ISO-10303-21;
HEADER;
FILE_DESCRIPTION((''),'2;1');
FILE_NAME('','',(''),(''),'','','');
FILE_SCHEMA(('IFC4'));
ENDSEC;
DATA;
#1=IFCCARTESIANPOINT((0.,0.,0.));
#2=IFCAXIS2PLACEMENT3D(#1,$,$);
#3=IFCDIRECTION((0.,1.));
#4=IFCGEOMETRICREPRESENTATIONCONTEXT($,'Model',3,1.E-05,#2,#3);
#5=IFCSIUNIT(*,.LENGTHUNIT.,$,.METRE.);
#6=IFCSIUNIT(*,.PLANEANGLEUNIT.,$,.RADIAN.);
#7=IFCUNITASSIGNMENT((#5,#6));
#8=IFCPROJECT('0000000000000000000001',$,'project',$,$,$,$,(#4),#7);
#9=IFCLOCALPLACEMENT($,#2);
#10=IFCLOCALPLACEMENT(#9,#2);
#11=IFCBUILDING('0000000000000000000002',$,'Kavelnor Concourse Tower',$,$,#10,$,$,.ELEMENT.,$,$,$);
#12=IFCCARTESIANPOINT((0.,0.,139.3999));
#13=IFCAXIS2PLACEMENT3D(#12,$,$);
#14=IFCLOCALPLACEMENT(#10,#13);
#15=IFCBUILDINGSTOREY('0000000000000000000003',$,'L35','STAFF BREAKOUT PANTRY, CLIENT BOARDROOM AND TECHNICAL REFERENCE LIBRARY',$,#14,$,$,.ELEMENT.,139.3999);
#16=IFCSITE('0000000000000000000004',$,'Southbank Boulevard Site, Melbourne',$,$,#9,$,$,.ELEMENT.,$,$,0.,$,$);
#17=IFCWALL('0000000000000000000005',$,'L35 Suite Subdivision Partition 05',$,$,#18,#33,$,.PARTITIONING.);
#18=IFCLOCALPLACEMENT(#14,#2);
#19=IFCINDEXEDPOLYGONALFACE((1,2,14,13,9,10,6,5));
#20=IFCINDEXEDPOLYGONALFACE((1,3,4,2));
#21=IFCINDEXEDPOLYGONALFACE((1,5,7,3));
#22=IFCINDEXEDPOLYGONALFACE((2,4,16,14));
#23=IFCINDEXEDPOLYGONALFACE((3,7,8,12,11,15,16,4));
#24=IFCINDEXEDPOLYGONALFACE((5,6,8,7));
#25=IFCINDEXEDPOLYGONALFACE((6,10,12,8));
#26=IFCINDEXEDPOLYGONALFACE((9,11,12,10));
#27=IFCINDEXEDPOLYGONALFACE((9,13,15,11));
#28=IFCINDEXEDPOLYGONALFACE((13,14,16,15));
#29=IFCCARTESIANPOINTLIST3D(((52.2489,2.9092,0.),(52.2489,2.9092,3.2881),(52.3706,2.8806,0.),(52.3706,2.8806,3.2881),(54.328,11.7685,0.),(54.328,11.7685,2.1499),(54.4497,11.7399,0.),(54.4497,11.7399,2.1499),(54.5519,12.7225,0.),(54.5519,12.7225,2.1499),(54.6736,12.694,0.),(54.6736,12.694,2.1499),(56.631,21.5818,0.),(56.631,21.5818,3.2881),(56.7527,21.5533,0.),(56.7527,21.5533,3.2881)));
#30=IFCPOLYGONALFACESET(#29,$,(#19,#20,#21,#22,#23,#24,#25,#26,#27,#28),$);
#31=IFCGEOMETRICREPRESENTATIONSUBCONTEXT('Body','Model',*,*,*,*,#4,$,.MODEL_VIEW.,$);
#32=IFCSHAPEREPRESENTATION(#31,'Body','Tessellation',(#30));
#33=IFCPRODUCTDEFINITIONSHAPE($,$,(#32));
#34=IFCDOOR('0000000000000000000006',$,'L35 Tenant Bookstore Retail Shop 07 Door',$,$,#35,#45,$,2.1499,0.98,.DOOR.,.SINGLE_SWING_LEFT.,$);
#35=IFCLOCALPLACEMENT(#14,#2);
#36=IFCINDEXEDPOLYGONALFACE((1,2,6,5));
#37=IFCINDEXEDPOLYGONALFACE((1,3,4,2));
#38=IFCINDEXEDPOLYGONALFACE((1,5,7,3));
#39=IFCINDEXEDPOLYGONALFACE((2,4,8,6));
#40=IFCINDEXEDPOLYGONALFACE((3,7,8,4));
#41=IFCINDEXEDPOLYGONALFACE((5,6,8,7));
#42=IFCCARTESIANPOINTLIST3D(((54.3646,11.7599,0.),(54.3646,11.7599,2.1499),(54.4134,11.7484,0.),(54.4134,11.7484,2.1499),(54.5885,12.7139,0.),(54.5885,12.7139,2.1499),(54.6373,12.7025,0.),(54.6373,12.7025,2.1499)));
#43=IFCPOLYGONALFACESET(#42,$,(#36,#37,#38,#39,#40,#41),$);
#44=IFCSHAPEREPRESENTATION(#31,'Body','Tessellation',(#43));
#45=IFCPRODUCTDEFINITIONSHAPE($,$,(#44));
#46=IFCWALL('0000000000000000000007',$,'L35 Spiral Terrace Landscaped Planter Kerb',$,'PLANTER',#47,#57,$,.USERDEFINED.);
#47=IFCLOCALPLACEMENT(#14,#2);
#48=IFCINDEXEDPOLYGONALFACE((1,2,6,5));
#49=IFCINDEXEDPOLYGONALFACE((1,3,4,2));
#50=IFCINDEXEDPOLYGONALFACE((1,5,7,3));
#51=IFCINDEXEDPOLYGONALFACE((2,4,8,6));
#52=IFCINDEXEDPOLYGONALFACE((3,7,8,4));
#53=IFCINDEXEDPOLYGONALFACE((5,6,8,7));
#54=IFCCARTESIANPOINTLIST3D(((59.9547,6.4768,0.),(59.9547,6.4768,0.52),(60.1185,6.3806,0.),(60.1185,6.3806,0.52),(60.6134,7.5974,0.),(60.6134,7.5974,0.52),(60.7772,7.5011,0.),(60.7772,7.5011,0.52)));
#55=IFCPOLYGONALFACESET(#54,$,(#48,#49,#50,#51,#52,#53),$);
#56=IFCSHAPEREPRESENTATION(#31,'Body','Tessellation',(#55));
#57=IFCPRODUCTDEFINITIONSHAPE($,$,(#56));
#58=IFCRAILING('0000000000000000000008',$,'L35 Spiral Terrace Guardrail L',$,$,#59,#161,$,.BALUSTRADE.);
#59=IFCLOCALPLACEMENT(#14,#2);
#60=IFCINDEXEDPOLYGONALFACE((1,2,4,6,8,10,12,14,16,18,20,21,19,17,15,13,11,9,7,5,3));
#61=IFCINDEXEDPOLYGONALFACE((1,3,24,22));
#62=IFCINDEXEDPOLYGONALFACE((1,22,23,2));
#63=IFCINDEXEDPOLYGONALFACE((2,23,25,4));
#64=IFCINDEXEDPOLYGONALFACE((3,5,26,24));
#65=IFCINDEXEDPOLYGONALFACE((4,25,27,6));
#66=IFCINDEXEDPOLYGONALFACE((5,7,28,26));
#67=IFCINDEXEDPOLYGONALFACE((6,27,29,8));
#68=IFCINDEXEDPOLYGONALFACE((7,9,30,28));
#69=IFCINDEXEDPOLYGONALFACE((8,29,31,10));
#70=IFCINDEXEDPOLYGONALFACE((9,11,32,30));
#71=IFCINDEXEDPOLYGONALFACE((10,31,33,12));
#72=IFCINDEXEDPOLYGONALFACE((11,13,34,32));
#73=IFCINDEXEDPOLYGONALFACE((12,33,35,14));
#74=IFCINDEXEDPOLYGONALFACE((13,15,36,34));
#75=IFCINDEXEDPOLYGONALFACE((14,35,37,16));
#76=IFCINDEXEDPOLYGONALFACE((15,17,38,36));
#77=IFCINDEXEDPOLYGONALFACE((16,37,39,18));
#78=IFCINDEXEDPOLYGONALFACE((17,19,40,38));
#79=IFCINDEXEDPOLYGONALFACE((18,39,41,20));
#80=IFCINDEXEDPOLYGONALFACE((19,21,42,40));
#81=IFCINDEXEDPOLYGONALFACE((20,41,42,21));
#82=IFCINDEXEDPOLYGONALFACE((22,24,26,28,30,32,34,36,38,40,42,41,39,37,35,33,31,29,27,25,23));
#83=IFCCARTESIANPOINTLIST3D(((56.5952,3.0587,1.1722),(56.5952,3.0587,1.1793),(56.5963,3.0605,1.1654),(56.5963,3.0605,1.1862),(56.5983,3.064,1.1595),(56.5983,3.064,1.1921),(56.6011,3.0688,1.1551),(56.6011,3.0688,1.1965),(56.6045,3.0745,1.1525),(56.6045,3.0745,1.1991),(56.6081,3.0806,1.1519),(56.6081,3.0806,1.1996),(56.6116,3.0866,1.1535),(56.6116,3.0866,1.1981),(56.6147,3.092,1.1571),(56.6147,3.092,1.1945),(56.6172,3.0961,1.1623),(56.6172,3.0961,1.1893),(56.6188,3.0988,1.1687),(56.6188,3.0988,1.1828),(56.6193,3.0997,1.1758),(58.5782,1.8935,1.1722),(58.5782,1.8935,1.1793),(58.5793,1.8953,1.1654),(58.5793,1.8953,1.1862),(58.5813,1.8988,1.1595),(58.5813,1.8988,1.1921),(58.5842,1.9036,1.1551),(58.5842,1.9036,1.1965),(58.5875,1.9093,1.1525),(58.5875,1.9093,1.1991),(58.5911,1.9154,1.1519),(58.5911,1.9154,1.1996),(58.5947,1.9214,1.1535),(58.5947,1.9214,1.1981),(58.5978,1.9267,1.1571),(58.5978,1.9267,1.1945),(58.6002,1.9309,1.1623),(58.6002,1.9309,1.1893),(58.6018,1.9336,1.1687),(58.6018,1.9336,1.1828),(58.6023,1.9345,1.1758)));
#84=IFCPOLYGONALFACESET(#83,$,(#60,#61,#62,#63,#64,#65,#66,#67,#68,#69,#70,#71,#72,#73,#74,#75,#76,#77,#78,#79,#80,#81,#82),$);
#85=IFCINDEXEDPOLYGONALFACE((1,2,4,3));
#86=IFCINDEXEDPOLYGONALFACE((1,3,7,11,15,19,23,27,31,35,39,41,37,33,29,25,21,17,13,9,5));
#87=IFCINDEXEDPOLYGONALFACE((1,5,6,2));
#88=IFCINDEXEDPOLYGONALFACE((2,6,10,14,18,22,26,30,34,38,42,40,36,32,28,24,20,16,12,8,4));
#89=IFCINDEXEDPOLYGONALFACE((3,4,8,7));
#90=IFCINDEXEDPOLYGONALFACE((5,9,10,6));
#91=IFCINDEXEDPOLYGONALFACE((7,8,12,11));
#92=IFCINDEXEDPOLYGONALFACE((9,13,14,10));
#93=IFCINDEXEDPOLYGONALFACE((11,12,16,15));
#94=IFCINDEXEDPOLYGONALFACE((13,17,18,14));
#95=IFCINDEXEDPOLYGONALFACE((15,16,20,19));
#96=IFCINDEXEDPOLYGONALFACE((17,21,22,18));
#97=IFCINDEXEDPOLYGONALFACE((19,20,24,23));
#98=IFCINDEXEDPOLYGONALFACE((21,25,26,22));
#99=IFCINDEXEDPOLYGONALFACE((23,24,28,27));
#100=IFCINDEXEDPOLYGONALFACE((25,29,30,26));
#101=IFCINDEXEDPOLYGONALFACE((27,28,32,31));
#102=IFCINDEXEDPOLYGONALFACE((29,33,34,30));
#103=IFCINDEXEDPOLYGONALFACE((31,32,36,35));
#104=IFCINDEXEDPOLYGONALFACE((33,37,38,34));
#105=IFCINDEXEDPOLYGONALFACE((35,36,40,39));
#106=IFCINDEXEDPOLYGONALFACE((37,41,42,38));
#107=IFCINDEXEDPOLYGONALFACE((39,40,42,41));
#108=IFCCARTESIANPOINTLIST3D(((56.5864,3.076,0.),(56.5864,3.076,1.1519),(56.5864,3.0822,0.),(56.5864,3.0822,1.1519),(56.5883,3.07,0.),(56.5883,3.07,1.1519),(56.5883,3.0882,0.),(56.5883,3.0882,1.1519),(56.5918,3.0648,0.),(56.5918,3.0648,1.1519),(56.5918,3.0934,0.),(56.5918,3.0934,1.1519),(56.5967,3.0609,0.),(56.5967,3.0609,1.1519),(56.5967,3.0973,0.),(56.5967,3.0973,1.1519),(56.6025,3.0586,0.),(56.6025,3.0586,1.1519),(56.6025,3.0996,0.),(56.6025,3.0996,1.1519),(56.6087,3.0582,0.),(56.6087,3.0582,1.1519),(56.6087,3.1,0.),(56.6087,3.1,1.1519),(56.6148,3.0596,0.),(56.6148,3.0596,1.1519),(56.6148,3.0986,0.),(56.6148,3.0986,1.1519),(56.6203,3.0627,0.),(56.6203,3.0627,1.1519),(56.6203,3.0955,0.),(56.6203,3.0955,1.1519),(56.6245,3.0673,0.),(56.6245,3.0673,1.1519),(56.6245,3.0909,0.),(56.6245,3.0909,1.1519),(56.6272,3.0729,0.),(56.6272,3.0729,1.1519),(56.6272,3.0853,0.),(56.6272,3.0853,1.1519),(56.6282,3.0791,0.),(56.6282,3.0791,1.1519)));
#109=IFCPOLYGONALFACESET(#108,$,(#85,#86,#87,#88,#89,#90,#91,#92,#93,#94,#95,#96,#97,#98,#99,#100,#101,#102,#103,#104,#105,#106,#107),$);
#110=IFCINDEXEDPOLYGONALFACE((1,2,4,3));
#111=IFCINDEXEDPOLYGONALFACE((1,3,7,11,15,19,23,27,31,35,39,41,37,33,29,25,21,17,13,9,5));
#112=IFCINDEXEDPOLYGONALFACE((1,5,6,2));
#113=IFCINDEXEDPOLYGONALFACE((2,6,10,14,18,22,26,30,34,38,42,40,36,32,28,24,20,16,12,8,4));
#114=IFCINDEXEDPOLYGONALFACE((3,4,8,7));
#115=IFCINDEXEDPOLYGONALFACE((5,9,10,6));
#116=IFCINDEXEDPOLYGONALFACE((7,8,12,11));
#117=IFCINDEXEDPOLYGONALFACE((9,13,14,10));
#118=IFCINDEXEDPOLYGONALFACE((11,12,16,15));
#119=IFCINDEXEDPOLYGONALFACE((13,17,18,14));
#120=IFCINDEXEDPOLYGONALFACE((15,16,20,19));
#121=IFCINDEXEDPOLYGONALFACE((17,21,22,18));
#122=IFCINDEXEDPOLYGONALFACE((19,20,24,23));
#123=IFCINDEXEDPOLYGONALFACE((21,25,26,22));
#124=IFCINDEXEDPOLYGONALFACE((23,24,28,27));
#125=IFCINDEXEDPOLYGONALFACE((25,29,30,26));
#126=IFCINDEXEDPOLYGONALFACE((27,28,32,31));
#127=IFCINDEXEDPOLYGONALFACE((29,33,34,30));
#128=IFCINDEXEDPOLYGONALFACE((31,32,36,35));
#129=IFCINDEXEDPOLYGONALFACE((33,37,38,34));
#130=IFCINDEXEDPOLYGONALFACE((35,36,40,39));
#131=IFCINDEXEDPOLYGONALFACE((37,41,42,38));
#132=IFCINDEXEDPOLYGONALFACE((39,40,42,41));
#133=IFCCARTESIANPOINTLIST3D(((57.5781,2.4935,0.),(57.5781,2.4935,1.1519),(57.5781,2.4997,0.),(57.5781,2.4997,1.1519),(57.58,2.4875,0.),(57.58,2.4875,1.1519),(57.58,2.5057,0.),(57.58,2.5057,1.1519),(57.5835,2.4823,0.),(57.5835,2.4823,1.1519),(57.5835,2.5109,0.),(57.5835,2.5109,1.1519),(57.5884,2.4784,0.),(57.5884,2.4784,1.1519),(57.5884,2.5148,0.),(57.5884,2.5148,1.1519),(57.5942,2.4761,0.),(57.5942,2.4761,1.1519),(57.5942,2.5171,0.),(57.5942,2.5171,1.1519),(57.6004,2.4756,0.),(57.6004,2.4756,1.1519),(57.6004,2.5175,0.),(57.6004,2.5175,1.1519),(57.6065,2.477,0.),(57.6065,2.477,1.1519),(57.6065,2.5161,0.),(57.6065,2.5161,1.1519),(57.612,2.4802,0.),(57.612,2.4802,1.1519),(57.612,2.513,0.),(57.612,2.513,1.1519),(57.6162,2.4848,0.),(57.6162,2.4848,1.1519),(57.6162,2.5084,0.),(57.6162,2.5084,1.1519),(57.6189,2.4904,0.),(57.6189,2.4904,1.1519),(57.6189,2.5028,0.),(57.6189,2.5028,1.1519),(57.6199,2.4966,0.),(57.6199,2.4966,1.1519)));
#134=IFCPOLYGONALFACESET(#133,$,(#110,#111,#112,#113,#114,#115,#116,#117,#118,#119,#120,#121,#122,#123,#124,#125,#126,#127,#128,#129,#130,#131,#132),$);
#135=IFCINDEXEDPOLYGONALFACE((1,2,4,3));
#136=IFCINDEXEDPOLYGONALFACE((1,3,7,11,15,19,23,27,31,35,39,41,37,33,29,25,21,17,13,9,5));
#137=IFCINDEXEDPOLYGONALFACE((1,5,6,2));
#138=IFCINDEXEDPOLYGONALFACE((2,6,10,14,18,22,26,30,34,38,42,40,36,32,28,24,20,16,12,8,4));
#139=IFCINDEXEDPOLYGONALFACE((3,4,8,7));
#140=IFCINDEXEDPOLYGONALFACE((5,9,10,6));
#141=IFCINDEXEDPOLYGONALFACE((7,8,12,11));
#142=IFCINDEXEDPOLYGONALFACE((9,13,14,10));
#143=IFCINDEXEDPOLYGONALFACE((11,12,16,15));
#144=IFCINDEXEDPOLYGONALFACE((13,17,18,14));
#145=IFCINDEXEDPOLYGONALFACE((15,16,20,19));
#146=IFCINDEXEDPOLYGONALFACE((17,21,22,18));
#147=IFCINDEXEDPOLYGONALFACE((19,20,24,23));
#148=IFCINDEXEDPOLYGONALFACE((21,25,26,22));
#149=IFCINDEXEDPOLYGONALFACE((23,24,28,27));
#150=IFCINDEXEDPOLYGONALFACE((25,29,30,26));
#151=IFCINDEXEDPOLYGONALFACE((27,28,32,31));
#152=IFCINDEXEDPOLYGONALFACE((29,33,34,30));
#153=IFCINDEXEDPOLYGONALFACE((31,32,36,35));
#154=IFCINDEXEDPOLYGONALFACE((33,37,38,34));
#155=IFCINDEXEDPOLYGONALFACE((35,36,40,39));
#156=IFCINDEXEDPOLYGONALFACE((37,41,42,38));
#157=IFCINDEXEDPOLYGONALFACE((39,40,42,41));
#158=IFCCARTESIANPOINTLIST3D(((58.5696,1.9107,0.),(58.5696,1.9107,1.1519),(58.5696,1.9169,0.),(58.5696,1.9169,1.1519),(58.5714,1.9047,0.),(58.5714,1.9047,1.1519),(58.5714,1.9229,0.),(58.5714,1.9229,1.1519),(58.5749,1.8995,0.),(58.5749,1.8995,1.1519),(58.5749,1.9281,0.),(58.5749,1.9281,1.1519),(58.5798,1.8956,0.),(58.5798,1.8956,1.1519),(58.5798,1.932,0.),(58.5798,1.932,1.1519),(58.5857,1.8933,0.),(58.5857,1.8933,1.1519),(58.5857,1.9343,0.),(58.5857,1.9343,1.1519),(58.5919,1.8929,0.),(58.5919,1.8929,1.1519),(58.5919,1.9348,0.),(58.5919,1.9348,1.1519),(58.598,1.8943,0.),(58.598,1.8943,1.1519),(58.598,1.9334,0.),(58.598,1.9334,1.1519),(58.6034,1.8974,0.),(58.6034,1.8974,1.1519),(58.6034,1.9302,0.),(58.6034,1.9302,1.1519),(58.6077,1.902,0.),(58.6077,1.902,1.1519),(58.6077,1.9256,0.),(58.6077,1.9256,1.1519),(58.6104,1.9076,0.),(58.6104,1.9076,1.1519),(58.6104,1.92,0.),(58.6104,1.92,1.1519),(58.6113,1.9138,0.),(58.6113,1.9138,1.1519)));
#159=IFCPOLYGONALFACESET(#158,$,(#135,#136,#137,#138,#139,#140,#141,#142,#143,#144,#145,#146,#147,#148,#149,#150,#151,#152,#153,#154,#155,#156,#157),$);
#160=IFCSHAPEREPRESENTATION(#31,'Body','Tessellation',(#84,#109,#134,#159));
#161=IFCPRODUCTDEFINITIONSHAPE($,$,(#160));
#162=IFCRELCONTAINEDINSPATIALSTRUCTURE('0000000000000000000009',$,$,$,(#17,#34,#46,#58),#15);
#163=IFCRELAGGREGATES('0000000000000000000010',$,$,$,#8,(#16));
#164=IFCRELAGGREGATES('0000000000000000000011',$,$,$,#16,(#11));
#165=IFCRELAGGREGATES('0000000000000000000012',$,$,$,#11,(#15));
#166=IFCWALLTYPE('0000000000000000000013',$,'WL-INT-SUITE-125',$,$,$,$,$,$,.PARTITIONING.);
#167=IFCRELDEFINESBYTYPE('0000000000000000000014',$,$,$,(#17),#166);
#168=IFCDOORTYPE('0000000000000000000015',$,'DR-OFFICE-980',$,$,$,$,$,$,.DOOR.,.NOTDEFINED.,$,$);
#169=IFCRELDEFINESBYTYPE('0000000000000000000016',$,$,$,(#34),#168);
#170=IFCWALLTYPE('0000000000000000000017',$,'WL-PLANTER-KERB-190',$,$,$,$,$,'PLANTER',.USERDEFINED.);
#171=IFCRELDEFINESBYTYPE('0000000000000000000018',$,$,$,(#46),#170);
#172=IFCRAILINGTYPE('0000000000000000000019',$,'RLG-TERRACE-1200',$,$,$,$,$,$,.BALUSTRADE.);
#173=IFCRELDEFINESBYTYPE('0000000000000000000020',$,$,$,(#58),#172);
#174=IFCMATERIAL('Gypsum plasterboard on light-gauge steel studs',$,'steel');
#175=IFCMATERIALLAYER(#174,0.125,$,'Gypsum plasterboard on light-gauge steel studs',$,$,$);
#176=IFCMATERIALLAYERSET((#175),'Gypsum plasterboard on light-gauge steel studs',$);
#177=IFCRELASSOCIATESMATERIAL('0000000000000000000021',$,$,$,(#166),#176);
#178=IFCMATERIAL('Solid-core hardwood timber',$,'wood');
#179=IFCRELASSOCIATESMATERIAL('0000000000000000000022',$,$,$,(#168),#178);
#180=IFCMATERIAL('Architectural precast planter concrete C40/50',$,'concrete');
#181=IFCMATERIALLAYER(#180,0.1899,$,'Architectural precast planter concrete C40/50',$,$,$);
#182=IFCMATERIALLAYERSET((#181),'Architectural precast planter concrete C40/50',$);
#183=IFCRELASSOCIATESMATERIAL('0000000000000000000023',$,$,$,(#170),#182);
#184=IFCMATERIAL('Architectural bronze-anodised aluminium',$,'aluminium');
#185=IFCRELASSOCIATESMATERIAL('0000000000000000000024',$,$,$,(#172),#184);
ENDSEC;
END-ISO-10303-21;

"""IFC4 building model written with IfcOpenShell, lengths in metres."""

from ifc_helpers import new_model, si_unit, direction, frame, frame_2d, origin, origin_2d, place, context, subcontext, project, spatial, rectangle, circle, extrude, material, layer, layer_set, type_object, element, fill, save


model = new_model("IFC4")

# Units and contexts
model_context = context("Model", 3, precision=1e-05, world=origin(), true_north=direction((0.0, 1.0)))
body_context = subcontext(model_context, "Body", "Model", "MODEL_VIEW")
ifc_project = project(units=[si_unit("LENGTHUNIT", "METRE"), si_unit("PLANEANGLEUNIT", "RADIAN")], contexts=[model_context])

# Site, building, storey
site_placement = place(None, origin())
site = spatial("IfcSite", under=ifc_project, at=site_placement, Name="Southbank Boulevard Site, Melbourne", CompositionType="ELEMENT", RefElevation=0.0)
building_placement = place(site_placement, origin())
building = spatial("IfcBuilding", under=site, at=building_placement, Name="Kavelnor Concourse Tower", CompositionType="ELEMENT")
storey_placement = place(building_placement, frame((0.0, 0.0, 139.3999)))
storey = spatial("IfcBuildingStorey", under=building, at=storey_placement, Name="L35", Description="STAFF BREAKOUT PANTRY, CLIENT BOARDROOM AND TECHNICAL REFERENCE LIBRARY", CompositionType="ELEMENT", Elevation=139.3999)

# Wall, opening, door
ifc_material_1 = material(Name="Gypsum plasterboard on light-gauge steel studs", Category="steel")
ifc_layer_1 = layer(ifc_material_1, 0.125, Name="Gypsum plasterboard on light-gauge steel studs")
ifc_layer_set_1 = layer_set([ifc_layer_1], Name="Gypsum plasterboard on light-gauge steel studs")
wall_type_1 = type_object("IfcWallType", Name="WL-INT-SUITE-125", PredefinedType="PARTITIONING", material=ifc_layer_set_1)
wall_1_placement = place(storey_placement, frame((52.3098, 2.895, 0.0), z_axis=(0.0, 0.0, 1.0), x_axis=(0.228472, 0.97355, 0.0)))
wall_1 = element("IfcWall", 1, at=wall_1_placement, inside=storey, type_object=wall_type_1, Name="L35 Suite Subdivision Partition 05", PredefinedType="PARTITIONING", context=body_context, shape_type="SweptSolid", body=[
    extrude(rectangle(XDim=19.1799, YDim=0.125, at=frame_2d((9.5898, 0.0))), origin(), (0.0, 0.0, 1.0), 3.2881),
])
opening_1_placement = place(wall_1_placement, frame((9.0999, 0.0, 0.0)))
opening_1 = element("IfcOpeningElement", 2, at=opening_1_placement, cuts=wall_1, PredefinedType="OPENING", context=body_context, shape_type="SweptSolid", body=[
    extrude(rectangle(XDim=0.98, YDim=2.1499, at=frame_2d((0.49, 1.075))), frame((0.0, 0.0725, 0.0), z_axis=(0.0, -1.0, 0.0), x_axis=(1.0, 0.0, 0.0)), (0.0, 0.0, 1.0), 0.145),
])
ifc_material_2 = material(Name="Solid-core hardwood timber", Category="wood")
door_type_1 = type_object("IfcDoorType", Name="DR-OFFICE-980", OperationType="NOTDEFINED", PredefinedType="DOOR", material=ifc_material_2)
door_1_placement = place(opening_1_placement, origin())
door_1 = element("IfcDoor", 3, at=door_1_placement, inside=storey, type_object=door_type_1, Name="L35 Tenant Bookstore Retail Shop 07 Door", OperationType="SINGLE_SWING_LEFT", OverallHeight=2.1499, OverallWidth=0.98, PredefinedType="DOOR", context=body_context, shape_type="SweptSolid", body=[
    extrude(rectangle(XDim=0.98, YDim=2.1499, at=frame_2d((0.49, 1.075))), frame((0.0, 0.0249, 0.0), z_axis=(0.0, -1.0, 0.0), x_axis=(1.0, 0.0, 0.0)), (0.0, 0.0, 1.0), 0.05),
])
fill(opening_1, door_1)

# Wall
ifc_material_3 = material(Name="Architectural precast planter concrete C40/50", Category="concrete")
ifc_layer_2 = layer(ifc_material_3, 0.1899, Name="Architectural precast planter concrete C40/50")
ifc_layer_set_2 = layer_set([ifc_layer_2], Name="Architectural precast planter concrete C40/50")
wall_type_2 = type_object("IfcWallType", Name="WL-PLANTER-KERB-190", ElementType="PLANTER", PredefinedType="USERDEFINED", material=ifc_layer_set_2)
wall_2_placement = place(storey_placement, frame((60.0366, 6.4287, 0.0), z_axis=(0.0, 0.0, 1.0), x_axis=(0.506741, 0.862098, 0.0)))
element("IfcWall", 4, at=wall_2_placement, inside=storey, type_object=wall_type_2, Name="L35 Spiral Terrace Landscaped Planter Kerb", ObjectType="PLANTER", PredefinedType="USERDEFINED", context=body_context, shape_type="SweptSolid", body=[
    extrude(rectangle(XDim=1.2998, YDim=0.1899, at=frame_2d((0.6499, 0.0))), origin(), (0.0, 0.0, 1.0), 0.52),
])

# Railing
ifc_material_4 = material(Name="Architectural bronze-anodised aluminium", Category="aluminium")
railing_type = type_object("IfcRailingType", Name="RLG-TERRACE-1200", PredefinedType="BALUSTRADE", material=ifc_material_4)
railing_1_placement = place(storey_placement, frame((56.6072, 3.0791, 0.0)))
element("IfcRailing", 5, at=railing_1_placement, inside=storey, type_object=railing_type, Name="L35 Spiral Terrace Guardrail L", PredefinedType="BALUSTRADE", context=body_context, shape_type="SweptSolid", body=[
    extrude(circle(Radius=0.0239, at=origin_2d()), frame((0.0, 0.0, 1.1758), z_axis=(0.862177, -0.506607, 0.0), x_axis=(0.506607, 0.862177, 0.0)), (0.0, 0.0, 1.0), 2.3),
    extrude(circle(Radius=0.021, at=origin_2d()), origin(), (0.0, 0.0, 1.0), 1.1519),
    extrude(circle(Radius=0.021, at=origin_2d()), frame((0.9917, -0.5825, 0.0)), (0.0, 0.0, 1.0), 1.1519),
    extrude(circle(Radius=0.021, at=origin_2d()), frame((1.9832, -1.1653, 0.0)), (0.0, 0.0, 1.0), 1.1519),
])

save(model, "model.ifc")
